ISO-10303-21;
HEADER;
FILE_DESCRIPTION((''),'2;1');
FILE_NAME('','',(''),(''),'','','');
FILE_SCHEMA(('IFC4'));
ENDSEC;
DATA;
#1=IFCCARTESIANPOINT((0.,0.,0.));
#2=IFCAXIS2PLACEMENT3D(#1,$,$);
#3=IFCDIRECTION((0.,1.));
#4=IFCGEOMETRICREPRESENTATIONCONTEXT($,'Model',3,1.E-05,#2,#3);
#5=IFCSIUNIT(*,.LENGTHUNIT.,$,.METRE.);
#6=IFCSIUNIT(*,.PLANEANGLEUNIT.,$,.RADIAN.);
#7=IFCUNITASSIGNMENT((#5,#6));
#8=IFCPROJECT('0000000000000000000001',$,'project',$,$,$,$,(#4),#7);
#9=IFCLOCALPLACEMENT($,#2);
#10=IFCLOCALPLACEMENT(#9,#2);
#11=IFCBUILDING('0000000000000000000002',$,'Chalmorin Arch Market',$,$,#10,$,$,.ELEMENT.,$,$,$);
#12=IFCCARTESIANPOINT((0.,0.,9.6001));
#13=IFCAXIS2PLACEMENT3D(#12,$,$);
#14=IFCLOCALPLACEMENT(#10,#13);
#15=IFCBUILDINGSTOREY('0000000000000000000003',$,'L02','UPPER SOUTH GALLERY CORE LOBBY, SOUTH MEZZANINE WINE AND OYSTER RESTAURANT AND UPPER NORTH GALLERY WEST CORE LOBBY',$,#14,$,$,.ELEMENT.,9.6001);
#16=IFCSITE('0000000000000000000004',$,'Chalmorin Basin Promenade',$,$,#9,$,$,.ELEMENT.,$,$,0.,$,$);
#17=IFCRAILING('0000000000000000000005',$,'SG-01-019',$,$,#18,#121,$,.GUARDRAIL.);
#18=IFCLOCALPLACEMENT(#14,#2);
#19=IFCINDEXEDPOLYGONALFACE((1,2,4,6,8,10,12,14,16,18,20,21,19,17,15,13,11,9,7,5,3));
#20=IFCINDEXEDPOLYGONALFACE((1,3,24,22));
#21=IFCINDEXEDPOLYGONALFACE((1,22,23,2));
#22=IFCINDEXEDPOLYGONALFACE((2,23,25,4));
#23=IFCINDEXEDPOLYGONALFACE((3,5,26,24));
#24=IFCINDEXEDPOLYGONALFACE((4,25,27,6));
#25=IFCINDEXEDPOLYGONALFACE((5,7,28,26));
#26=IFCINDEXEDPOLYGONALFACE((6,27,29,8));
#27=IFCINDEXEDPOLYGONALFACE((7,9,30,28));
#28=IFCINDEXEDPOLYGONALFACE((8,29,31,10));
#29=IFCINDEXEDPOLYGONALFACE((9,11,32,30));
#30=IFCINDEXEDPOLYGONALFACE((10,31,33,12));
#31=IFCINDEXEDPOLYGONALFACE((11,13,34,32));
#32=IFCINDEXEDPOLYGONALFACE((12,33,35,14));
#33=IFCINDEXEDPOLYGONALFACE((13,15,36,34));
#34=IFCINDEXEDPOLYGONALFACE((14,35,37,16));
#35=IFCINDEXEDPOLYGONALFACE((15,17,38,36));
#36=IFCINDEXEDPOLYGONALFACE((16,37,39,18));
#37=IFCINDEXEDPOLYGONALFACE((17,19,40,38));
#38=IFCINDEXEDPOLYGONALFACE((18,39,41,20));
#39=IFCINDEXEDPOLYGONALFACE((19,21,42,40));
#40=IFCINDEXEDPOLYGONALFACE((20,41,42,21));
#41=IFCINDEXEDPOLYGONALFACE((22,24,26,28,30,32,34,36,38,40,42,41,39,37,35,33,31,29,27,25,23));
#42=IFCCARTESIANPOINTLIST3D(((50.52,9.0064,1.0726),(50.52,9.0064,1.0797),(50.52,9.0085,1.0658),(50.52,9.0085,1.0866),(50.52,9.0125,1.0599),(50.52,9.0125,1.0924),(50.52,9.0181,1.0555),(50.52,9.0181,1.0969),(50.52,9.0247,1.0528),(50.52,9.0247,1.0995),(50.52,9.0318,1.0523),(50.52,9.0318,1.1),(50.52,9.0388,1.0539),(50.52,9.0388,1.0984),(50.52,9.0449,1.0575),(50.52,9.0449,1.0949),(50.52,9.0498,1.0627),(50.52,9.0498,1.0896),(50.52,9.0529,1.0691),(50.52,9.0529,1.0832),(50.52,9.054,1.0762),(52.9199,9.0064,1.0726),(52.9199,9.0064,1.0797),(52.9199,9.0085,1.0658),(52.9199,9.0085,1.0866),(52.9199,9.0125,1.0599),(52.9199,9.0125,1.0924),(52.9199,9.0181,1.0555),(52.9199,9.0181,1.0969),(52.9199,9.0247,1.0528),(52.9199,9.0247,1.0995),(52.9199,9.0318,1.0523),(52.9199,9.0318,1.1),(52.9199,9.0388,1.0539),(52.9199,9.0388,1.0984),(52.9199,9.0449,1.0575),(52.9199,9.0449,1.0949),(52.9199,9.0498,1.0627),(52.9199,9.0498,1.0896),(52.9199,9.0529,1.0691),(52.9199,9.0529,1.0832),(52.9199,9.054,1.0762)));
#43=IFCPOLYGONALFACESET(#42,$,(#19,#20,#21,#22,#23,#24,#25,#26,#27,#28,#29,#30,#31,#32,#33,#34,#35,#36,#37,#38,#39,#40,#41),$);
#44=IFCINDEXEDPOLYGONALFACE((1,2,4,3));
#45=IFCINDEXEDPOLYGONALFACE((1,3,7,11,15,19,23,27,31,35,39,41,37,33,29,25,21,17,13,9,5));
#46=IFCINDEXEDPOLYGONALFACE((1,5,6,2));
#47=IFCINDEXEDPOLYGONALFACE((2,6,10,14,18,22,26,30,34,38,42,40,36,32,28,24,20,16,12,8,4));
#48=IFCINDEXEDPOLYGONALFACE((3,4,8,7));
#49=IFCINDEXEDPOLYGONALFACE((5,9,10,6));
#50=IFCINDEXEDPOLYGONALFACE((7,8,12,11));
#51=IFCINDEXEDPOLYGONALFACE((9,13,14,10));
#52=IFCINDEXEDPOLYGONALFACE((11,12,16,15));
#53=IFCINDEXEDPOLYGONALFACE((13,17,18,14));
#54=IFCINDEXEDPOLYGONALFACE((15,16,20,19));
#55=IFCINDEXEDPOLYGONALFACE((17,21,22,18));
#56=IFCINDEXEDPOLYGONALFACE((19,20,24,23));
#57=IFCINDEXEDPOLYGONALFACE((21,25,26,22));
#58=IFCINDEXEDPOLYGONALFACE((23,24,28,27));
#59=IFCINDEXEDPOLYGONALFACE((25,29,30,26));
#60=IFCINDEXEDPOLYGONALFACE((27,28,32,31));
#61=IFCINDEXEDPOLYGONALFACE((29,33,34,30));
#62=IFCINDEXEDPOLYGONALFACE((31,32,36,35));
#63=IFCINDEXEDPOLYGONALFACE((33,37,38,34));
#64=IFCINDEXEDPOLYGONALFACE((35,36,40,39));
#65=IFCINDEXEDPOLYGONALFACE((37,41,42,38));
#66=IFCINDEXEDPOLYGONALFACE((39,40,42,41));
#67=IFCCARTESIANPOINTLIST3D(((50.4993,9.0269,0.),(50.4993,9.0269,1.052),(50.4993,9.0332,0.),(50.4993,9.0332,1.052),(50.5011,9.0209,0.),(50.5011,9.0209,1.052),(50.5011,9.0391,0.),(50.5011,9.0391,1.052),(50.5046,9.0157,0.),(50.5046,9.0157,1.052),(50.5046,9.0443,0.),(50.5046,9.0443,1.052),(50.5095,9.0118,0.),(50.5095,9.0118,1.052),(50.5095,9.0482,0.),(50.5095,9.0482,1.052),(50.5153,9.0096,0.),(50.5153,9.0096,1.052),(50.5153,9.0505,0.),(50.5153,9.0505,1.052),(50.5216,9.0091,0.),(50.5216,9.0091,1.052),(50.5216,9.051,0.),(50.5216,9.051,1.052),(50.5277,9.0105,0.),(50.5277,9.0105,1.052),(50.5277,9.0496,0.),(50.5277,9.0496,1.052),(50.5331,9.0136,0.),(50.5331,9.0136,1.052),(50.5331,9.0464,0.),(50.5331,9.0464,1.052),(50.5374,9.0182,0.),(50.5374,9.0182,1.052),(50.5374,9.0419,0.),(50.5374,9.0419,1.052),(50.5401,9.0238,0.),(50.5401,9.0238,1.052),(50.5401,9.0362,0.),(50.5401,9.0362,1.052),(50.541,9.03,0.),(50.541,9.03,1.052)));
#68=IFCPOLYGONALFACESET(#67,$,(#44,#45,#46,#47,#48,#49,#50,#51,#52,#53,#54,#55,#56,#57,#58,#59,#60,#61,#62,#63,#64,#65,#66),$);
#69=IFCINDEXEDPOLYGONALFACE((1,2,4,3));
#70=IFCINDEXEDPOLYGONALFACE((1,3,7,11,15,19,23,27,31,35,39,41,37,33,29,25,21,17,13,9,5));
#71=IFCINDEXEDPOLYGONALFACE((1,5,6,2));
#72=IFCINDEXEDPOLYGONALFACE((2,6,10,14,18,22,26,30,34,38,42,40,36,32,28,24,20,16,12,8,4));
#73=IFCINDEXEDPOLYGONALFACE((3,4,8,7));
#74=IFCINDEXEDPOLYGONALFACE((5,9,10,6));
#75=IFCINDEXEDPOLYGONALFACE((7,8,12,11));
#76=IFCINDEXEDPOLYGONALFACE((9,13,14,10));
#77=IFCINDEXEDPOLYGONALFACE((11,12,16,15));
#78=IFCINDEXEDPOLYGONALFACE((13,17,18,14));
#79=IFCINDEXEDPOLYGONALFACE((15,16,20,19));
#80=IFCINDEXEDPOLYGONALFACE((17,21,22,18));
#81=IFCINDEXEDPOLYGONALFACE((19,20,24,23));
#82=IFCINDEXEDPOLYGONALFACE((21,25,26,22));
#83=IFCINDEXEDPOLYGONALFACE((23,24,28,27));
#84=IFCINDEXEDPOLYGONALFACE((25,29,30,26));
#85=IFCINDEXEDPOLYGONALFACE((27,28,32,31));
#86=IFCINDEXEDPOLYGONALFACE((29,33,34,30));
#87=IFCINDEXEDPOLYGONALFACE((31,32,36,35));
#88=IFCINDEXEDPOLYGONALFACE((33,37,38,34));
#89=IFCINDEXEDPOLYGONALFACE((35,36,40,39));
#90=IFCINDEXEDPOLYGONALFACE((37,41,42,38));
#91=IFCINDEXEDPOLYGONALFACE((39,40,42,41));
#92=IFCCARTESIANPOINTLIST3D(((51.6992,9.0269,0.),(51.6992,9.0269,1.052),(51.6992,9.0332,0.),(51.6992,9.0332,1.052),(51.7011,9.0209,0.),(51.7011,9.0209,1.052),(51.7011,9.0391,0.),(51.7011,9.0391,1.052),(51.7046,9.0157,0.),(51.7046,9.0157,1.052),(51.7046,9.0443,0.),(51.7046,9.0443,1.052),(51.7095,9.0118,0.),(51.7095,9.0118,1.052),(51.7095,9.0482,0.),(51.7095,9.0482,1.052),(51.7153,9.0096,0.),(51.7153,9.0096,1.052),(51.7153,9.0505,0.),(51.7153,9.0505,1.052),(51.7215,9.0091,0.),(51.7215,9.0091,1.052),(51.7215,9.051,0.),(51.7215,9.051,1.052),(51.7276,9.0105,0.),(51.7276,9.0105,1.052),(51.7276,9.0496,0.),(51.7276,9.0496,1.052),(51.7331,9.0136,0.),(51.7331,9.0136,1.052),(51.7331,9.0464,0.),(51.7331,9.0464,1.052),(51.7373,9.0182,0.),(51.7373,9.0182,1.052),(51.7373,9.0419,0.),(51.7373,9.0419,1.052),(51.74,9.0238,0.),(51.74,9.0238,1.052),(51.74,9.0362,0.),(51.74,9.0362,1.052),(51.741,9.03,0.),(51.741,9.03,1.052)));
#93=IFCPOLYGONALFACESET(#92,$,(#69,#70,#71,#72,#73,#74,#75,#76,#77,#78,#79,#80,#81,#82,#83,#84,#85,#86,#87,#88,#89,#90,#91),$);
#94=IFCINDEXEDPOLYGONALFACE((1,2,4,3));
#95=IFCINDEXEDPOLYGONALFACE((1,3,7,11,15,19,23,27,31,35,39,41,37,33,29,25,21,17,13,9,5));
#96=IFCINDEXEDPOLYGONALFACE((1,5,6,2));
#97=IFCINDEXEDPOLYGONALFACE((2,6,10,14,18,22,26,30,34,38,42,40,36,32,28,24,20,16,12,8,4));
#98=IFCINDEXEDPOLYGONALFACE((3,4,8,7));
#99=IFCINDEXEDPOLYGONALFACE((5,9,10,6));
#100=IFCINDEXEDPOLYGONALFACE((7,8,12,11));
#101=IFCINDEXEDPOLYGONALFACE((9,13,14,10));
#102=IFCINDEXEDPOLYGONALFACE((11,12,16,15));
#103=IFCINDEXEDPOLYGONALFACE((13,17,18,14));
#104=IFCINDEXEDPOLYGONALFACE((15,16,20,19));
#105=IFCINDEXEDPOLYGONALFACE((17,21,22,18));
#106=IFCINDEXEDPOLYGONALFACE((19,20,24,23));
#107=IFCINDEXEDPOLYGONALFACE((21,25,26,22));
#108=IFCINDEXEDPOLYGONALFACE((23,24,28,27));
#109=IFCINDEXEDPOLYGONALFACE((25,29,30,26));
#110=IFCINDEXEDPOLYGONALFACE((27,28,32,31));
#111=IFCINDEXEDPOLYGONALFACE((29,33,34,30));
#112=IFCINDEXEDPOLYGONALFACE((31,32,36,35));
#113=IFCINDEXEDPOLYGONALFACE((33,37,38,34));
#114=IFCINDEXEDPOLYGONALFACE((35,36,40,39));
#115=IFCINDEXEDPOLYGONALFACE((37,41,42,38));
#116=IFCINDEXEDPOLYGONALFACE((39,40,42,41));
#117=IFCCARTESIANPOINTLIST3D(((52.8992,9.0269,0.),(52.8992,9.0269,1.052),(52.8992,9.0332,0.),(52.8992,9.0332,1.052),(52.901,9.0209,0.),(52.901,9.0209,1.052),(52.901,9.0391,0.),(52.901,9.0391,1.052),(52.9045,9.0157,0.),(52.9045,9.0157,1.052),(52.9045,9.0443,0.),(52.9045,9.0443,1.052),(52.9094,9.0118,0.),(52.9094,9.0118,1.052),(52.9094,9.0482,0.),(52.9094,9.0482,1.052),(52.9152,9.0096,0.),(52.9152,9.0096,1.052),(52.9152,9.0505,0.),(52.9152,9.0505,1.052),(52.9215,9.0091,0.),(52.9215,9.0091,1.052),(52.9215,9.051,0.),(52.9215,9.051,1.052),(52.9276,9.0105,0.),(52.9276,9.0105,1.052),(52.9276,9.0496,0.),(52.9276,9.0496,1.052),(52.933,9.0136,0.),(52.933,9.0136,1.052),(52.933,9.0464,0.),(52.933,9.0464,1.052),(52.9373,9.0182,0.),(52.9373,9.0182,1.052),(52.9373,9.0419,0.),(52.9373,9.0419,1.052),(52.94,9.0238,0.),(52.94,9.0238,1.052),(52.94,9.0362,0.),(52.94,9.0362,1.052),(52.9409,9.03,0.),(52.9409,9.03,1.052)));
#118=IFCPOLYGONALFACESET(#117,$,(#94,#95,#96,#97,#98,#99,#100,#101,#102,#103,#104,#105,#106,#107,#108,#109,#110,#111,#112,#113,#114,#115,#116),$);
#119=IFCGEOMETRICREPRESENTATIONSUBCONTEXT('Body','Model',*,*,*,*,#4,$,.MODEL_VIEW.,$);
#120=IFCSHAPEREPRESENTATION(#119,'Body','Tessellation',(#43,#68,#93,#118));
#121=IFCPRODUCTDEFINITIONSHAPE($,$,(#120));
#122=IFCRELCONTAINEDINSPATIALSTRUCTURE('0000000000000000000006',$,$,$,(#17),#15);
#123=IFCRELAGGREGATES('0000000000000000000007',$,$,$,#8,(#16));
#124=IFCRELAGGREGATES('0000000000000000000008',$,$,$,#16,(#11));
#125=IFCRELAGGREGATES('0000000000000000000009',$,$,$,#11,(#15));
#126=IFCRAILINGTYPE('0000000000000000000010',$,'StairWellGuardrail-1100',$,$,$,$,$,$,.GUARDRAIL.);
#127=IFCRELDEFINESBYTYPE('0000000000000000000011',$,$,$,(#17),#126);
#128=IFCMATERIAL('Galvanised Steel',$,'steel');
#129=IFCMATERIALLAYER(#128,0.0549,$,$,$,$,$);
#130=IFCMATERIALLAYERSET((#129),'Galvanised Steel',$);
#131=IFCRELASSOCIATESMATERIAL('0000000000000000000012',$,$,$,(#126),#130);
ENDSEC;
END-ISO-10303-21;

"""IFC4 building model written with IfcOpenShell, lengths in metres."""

from ifc_helpers import new_model, si_unit, direction, frame, origin, origin_2d, place, context, subcontext, project, spatial, circle, extrude, material, layer, layer_set, type_object, element, save


model = new_model("IFC4")

# Units and contexts
model_context = context("Model", 3, precision=1e-05, world=origin(), true_north=direction((0.0, 1.0)))
body_context = subcontext(model_context, "Body", "Model", "MODEL_VIEW")
ifc_project = project(units=[si_unit("LENGTHUNIT", "METRE"), si_unit("PLANEANGLEUNIT", "RADIAN")], contexts=[model_context])

# Site, building, storey
site_placement = place(None, origin())
site = spatial("IfcSite", under=ifc_project, at=site_placement, Name="Chalmorin Basin Promenade", CompositionType="ELEMENT", RefElevation=0.0)
building_placement = place(site_placement, origin())
building = spatial("IfcBuilding", under=site, at=building_placement, Name="Chalmorin Arch Market", CompositionType="ELEMENT")
storey_placement = place(building_placement, frame((0.0, 0.0, 9.6001)))
storey = spatial("IfcBuildingStorey", under=building, at=storey_placement, Name="L02", Description="UPPER SOUTH GALLERY CORE LOBBY, SOUTH MEZZANINE WINE AND OYSTER RESTAURANT AND UPPER NORTH GALLERY WEST CORE LOBBY", CompositionType="ELEMENT", Elevation=9.6001)

# Shared definitions
ifc_material_1 = material(Name="Galvanised Steel", Category="steel")

# Railing
ifc_layer_1 = layer(ifc_material_1, 0.0549)
ifc_layer_set_1 = layer_set([ifc_layer_1], Name="Galvanised Steel")
railing_type_1 = type_object("IfcRailingType", Name="StairWellGuardrail-1100", PredefinedType="GUARDRAIL", material=ifc_layer_set_1)
railing_1_placement = place(storey_placement, frame((50.52, 9.03, 0.0)))
element("IfcRailing", 1, at=railing_1_placement, inside=storey, type_object=railing_type_1, Name="SG-01-019", PredefinedType="GUARDRAIL", context=body_context, shape_type="SweptSolid", body=[
    extrude(circle(Radius=0.0239, at=origin_2d()), frame((0.0, 0.0, 1.0762), z_axis=(1.0, 0.0, 0.0), x_axis=(0.0, 1.0, 0.0)), (0.0, 0.0, 1.0), 2.3999),
    extrude(circle(Radius=0.021, at=origin_2d()), origin(), (0.0, 0.0, 1.0), 1.052),
    extrude(circle(Radius=0.021, at=origin_2d()), frame((1.2, 0.0, 0.0)), (0.0, 0.0, 1.0), 1.052),
    extrude(circle(Radius=0.021, at=origin_2d()), frame((2.3999, 0.0, 0.0)), (0.0, 0.0, 1.0), 1.052),
])

save(model, "model.ifc")
